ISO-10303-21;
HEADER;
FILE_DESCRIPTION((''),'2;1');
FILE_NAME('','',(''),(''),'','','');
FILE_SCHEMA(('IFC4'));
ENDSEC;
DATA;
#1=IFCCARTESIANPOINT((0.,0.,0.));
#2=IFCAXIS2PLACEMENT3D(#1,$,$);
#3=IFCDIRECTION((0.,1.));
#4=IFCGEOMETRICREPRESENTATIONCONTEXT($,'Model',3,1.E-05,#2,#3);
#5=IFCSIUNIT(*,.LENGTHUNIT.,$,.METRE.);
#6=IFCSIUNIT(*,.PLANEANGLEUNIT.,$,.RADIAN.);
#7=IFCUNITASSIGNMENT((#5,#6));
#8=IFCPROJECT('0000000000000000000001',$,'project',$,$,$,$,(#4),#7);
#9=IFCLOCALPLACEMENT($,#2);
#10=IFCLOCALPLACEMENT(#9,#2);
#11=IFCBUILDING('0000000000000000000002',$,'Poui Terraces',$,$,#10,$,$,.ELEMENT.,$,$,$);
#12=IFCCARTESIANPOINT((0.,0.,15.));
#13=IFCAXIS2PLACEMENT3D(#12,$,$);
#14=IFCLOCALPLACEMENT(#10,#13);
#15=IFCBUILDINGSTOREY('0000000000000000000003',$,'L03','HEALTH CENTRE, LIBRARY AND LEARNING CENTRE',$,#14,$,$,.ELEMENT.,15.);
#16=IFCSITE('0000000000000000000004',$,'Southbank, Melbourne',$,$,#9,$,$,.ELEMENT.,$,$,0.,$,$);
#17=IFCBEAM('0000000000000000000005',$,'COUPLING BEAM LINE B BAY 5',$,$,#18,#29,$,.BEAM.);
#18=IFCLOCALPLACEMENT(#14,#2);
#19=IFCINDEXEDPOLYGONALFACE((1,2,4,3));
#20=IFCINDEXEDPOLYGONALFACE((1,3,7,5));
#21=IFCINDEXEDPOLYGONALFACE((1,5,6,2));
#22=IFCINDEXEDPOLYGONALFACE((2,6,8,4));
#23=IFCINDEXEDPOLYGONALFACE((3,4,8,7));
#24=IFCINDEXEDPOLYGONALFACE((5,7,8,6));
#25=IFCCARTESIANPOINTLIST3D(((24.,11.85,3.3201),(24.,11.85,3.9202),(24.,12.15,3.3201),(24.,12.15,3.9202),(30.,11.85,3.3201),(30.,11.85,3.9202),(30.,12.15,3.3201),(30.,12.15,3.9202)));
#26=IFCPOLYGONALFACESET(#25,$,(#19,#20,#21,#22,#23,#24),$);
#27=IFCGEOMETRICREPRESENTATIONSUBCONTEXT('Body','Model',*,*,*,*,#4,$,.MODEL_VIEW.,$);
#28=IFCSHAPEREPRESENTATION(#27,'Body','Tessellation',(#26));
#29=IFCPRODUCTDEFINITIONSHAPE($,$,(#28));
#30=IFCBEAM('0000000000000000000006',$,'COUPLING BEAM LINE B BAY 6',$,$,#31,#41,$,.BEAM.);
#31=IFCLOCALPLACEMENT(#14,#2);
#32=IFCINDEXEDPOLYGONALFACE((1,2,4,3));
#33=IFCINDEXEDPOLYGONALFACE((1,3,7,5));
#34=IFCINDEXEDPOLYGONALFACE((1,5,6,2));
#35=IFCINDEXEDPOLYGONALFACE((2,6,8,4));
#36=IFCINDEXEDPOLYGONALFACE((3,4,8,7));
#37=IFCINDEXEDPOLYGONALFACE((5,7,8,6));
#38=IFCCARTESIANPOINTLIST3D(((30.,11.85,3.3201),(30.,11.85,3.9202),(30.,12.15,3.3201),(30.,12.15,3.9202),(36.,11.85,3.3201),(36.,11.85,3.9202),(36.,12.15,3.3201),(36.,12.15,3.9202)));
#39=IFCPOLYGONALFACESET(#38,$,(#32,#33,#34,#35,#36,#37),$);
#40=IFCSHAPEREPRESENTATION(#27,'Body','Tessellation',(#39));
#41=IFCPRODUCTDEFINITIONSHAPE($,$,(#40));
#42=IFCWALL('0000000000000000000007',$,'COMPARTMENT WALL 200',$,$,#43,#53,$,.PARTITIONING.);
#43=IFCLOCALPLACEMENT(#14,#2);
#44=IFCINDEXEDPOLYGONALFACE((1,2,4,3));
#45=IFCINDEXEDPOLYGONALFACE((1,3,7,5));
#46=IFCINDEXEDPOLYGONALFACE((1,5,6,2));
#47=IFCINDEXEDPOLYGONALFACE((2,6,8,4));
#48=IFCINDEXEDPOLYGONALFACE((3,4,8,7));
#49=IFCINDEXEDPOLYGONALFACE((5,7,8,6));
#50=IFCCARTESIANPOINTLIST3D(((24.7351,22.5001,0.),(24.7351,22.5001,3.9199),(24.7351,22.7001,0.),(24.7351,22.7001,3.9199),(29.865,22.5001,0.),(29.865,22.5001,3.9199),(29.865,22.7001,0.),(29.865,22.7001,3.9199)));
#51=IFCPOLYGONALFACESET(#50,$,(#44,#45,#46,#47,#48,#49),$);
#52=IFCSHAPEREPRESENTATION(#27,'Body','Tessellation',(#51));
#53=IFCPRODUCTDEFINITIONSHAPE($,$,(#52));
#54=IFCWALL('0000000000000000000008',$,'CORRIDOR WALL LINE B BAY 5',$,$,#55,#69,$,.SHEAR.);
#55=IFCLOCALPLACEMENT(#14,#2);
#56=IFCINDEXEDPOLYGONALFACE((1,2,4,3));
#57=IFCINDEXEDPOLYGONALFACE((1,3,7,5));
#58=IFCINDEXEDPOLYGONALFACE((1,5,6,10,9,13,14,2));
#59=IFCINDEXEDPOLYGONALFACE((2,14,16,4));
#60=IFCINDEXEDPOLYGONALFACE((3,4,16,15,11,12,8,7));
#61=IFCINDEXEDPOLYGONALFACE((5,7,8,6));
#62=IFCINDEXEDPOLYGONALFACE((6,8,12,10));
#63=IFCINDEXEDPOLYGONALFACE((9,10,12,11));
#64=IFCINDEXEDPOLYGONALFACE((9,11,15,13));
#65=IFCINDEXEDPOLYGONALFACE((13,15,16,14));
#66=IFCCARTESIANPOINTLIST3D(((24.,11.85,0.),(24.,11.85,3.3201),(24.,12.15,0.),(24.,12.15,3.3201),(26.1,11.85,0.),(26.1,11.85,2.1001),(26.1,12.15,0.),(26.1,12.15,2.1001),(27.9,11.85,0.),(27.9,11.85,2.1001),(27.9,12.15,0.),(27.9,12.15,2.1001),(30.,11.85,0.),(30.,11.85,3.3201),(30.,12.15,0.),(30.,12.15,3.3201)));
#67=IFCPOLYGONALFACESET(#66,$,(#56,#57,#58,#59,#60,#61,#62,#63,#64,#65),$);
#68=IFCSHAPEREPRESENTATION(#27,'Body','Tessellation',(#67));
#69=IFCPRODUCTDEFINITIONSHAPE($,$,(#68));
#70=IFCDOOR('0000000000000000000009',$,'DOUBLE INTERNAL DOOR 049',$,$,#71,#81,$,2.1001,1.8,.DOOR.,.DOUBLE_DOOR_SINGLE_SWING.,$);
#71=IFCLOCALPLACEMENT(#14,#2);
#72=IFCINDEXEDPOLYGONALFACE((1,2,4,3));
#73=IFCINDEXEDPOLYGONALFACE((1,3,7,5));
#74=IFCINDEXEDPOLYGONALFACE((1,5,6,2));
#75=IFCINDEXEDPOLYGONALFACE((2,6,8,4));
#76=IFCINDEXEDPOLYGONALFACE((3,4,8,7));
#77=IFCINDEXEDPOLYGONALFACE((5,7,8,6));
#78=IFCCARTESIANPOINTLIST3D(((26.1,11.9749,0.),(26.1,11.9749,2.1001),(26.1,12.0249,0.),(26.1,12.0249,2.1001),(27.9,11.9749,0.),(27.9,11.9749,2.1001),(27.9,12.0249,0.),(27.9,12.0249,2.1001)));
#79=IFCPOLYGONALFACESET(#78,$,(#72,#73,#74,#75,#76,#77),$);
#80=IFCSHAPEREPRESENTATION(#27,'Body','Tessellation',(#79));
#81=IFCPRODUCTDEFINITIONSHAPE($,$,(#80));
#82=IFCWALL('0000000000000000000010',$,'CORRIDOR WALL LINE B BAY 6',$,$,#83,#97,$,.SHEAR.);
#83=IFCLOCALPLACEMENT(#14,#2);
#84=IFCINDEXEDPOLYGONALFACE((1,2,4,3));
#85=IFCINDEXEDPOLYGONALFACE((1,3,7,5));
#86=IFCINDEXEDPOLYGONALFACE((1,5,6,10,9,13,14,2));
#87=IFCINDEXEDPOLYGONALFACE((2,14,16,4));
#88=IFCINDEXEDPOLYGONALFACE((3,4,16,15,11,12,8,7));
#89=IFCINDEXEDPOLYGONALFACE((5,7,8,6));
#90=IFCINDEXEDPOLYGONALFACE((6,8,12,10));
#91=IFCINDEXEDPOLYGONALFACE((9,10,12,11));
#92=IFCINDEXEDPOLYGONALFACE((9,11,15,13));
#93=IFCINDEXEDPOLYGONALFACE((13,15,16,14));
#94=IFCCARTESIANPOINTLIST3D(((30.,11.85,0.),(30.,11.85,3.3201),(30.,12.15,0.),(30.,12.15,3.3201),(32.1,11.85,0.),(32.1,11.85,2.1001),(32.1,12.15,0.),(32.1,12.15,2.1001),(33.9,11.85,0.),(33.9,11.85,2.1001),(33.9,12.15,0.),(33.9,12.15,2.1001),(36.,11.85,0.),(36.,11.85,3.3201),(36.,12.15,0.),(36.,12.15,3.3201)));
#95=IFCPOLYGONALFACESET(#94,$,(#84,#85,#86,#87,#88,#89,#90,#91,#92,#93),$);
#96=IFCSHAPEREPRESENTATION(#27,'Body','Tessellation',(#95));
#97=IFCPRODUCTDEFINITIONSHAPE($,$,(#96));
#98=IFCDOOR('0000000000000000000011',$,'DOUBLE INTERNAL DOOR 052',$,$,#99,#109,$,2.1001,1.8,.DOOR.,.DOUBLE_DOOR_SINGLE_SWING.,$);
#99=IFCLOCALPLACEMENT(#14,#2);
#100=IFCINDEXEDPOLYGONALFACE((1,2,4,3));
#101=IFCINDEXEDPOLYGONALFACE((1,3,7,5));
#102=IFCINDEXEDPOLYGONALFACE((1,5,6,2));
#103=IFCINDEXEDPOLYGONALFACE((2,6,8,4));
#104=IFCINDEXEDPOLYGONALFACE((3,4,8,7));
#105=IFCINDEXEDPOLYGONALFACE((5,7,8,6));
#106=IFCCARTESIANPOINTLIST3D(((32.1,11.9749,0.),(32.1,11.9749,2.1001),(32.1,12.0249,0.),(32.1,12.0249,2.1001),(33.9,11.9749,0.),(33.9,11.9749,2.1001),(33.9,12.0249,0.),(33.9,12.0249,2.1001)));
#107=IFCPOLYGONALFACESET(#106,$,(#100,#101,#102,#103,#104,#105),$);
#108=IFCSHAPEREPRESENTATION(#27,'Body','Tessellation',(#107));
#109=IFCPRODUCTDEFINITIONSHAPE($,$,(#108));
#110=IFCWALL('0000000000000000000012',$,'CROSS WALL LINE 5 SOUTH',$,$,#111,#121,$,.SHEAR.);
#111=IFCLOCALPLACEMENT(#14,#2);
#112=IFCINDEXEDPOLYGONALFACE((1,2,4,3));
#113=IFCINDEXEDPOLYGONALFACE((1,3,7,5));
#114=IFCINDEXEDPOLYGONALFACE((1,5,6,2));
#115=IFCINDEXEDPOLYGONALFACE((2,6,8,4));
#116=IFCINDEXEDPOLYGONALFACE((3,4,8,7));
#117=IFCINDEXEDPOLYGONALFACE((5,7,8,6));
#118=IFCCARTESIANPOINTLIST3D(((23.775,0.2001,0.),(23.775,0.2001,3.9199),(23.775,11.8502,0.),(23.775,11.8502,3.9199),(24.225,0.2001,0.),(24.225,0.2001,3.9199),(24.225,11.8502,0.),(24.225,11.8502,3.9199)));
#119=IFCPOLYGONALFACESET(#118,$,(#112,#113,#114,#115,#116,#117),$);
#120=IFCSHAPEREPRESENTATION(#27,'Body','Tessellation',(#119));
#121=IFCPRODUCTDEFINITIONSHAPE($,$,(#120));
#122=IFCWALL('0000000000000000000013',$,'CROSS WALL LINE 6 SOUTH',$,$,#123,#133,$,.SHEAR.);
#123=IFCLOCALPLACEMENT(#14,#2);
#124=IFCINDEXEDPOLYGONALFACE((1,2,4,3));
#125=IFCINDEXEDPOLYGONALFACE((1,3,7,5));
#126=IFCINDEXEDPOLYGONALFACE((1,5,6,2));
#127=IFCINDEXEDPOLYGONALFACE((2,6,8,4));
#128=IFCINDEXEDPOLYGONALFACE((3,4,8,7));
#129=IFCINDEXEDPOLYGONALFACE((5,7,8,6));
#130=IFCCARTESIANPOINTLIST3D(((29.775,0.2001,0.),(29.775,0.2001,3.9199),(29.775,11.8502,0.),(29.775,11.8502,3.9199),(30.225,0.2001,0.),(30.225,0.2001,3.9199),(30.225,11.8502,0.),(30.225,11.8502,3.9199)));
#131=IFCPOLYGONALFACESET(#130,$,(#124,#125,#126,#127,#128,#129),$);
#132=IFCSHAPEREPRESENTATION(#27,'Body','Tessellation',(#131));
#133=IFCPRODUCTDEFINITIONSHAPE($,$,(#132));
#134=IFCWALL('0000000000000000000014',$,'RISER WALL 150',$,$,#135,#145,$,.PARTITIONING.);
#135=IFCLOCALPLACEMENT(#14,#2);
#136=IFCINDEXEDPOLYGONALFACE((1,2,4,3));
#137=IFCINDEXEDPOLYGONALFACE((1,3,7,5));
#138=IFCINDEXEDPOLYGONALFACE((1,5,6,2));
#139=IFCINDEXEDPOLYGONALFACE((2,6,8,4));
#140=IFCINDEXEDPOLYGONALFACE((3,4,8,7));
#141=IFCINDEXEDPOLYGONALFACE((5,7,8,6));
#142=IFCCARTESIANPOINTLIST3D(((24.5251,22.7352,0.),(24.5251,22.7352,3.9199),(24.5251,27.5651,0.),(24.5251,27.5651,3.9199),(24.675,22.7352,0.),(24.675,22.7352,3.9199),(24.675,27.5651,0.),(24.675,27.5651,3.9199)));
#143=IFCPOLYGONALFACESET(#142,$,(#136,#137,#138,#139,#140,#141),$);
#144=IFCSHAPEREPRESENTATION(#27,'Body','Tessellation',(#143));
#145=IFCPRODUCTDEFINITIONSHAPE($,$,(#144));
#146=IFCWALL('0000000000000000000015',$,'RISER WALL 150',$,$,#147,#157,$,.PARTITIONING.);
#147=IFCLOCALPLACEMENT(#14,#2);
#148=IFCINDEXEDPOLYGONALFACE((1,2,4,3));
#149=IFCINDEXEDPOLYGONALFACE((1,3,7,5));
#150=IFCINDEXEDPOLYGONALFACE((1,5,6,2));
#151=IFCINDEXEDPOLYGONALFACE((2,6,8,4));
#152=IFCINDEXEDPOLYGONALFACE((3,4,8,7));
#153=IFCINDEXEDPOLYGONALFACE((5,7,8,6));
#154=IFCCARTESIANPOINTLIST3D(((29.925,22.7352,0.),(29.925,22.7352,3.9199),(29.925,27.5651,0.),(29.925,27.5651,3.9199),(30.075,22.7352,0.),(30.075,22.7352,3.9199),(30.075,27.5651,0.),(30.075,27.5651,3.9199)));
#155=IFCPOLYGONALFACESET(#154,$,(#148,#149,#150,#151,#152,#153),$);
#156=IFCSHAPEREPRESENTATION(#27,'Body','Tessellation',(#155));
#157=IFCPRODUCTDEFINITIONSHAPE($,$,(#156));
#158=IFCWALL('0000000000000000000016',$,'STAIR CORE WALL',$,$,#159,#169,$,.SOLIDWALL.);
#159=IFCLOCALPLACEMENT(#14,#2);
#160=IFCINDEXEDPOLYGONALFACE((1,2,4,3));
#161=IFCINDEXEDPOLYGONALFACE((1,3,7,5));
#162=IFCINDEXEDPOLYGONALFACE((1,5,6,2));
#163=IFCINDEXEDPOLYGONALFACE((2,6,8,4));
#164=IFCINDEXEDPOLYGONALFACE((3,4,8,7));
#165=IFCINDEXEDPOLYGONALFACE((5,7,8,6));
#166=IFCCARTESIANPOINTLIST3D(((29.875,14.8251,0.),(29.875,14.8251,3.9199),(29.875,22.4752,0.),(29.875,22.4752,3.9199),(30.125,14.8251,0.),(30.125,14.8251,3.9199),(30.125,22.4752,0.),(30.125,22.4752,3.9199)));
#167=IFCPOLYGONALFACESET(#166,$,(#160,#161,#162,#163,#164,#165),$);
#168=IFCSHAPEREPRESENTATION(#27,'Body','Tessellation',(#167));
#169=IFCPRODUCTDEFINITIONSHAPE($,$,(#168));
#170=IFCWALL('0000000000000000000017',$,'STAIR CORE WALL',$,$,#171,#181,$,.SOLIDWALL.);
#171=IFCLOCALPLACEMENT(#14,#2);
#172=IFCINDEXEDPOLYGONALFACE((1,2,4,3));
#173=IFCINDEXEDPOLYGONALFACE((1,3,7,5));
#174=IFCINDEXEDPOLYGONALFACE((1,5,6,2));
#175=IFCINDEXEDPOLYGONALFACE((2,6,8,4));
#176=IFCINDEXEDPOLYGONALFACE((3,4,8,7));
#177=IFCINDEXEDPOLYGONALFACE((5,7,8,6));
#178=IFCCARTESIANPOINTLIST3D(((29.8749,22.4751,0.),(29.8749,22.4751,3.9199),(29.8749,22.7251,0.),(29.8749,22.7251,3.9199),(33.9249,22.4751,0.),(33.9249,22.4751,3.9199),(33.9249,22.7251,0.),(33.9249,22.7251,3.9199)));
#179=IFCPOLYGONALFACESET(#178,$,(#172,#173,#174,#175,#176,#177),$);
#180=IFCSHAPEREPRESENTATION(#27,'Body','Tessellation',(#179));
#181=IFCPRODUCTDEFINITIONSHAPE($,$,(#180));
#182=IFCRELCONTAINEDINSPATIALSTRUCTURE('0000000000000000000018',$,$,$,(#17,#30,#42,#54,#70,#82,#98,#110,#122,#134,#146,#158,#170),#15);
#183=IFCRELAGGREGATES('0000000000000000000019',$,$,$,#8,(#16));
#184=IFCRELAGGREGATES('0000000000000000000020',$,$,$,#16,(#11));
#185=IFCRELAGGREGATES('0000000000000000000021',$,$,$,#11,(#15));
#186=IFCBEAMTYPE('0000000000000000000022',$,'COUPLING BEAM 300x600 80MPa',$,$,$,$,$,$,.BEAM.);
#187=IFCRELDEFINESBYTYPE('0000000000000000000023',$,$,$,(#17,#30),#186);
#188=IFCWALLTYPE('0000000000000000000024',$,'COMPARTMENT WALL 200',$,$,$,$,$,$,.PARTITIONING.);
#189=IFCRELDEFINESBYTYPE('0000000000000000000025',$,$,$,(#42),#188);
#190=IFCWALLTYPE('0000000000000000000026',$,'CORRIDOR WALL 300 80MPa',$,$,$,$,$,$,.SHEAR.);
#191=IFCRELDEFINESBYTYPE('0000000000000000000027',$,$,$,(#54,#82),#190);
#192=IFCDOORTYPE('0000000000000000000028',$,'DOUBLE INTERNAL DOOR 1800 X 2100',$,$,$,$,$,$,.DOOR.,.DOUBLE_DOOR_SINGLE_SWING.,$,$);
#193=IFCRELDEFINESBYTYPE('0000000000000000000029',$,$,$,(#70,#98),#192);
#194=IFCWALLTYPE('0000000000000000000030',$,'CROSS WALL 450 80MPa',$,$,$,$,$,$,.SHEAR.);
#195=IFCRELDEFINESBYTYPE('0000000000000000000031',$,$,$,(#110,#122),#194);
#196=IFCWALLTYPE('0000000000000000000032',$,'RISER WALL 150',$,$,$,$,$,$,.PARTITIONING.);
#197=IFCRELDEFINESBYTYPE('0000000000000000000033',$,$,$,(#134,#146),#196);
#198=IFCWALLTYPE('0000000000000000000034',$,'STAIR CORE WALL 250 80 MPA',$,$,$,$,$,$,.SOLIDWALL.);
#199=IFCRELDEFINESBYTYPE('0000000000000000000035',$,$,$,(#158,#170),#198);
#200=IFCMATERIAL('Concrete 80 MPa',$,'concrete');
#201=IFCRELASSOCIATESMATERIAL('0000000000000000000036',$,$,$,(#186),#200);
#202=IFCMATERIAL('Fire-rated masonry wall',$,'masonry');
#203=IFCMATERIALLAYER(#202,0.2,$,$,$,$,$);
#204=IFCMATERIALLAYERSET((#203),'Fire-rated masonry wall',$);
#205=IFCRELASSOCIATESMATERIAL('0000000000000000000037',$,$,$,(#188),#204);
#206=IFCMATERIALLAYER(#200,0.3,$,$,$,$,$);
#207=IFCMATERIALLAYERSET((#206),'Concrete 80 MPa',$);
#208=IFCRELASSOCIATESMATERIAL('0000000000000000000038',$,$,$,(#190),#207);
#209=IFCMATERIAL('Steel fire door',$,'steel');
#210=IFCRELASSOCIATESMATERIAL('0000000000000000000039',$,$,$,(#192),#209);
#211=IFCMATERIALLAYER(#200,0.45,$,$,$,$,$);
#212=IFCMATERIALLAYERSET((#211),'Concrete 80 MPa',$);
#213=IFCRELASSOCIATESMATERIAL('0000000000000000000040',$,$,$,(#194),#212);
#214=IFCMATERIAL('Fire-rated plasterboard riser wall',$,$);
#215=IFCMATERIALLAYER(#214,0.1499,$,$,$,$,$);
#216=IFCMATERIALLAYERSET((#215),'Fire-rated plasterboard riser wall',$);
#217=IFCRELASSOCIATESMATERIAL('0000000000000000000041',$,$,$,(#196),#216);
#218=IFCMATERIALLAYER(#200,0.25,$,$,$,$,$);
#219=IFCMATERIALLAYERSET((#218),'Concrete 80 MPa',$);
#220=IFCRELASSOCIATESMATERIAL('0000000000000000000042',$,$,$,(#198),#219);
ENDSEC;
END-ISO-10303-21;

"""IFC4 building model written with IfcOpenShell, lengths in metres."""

from ifc_helpers import new_model, si_unit, direction, frame, frame_2d, origin, origin_2d, place, context, subcontext, project, spatial, rectangle, extrude, source, transform, mapped, material, layer, layer_set, material_profile, profile_set, type_object, element, fill, save


model = new_model("IFC4")

# Units and contexts
model_context = context("Model", 3, precision=1e-05, world=origin(), true_north=direction((0.0, 1.0)))
body_context = subcontext(model_context, "Body", "Model", "MODEL_VIEW")
ifc_project = project(units=[si_unit("LENGTHUNIT", "METRE"), si_unit("PLANEANGLEUNIT", "RADIAN")], contexts=[model_context])

# Site, building, storey
site_placement = place(None, origin())
site = spatial("IfcSite", under=ifc_project, at=site_placement, Name="Southbank, Melbourne", CompositionType="ELEMENT", RefElevation=0.0)
building_placement = place(site_placement, origin())
building = spatial("IfcBuilding", under=site, at=building_placement, Name="Poui Terraces", CompositionType="ELEMENT")
storey_placement = place(building_placement, frame((0.0, 0.0, 15.0)))
storey = spatial("IfcBuildingStorey", under=building, at=storey_placement, Name="L03", Description="HEALTH CENTRE, LIBRARY AND LEARNING CENTRE", CompositionType="ELEMENT", Elevation=15.0)

# Beams
ifc_material_1 = material(Name="Concrete 80 MPa", Category="concrete")
ifc_material_profile = material_profile(ifc_material_1, rectangle(XDim=0.3, YDim=0.6001, at=origin_2d()), Name="RC 300x600")
ifc_profile_set = profile_set([ifc_material_profile], Name="Concrete 80 MPa")
beam_type = type_object("IfcBeamType", Name="COUPLING BEAM 300x600 80MPa", PredefinedType="BEAM", material=ifc_profile_set)
shared_shape = source(origin(), body_context, "Body", "SweptSolid", [
    extrude(rectangle(XDim=0.3, YDim=0.6001, at=origin_2d()), origin(), (0.0, 0.0, 1.0), 6.0),
])
for number, where, z_axis, x_axis, name in (
    (1, (24.0, 12.0, 3.6201), (1.0, 0.0, 0.0), (0.0, 1.0, 0.0), "COUPLING BEAM LINE B BAY 5"),
    (2, (30.0, 12.0, 3.6201), (1.0, 0.0, 0.0), (0.0, 1.0, 0.0), "COUPLING BEAM LINE B BAY 6"),
):
    element("IfcBeam", number, at=place(storey_placement, frame(where, z_axis=z_axis, x_axis=x_axis)), inside=storey, type_object=beam_type, Name=name, PredefinedType="BEAM", context=body_context, shape_type="MappedRepresentation", body=[
        mapped(shared_shape, transform((0.0, 0.0, 0.0))),
    ])

# Wall
ifc_material_2 = material(Name="Fire-rated masonry wall", Category="masonry")
ifc_layer_1 = layer(ifc_material_2, 0.2)
ifc_layer_set_1 = layer_set([ifc_layer_1], Name="Fire-rated masonry wall")
wall_type_1 = type_object("IfcWallType", Name="COMPARTMENT WALL 200", PredefinedType="PARTITIONING", material=ifc_layer_set_1)
wall_1_placement = place(storey_placement, frame((24.7351, 22.6001, 0.0), z_axis=(0.0, 0.0, 1.0), x_axis=(1.0, 0.0, 0.0)))
element("IfcWall", 3, at=wall_1_placement, inside=storey, type_object=wall_type_1, Name="COMPARTMENT WALL 200", PredefinedType="PARTITIONING", context=body_context, shape_type="SweptSolid", body=[
    extrude(rectangle(XDim=5.1299, YDim=0.2, at=frame_2d((2.5649, 0.0))), origin(), (0.0, 0.0, 1.0), 3.9199),
])

# Walls, openings, doors
ifc_layer_2 = layer(ifc_material_1, 0.3)
ifc_layer_set_2 = layer_set([ifc_layer_2], Name="Concrete 80 MPa")
wall_type_2 = type_object("IfcWallType", Name="CORRIDOR WALL 300 80MPa", PredefinedType="SHEAR", material=ifc_layer_set_2)
wall_2_placement = place(storey_placement, frame((24.0, 12.0, 0.0), z_axis=(0.0, 0.0, 1.0), x_axis=(1.0, 0.0, 0.0)))
wall_2 = element("IfcWall", 4, at=wall_2_placement, inside=storey, type_object=wall_type_2, Name="CORRIDOR WALL LINE B BAY 5", PredefinedType="SHEAR", context=body_context, shape_type="SweptSolid", body=[
    extrude(rectangle(XDim=6.0, YDim=0.3, at=frame_2d((3.0, 0.0))), origin(), (0.0, 0.0, 1.0), 3.3201),
])
opening_1_placement = place(wall_2_placement, frame((2.1001, 0.0, 0.0)))
opening_1 = element("IfcOpeningElement", 5, at=opening_1_placement, cuts=wall_2, PredefinedType="OPENING", context=body_context, shape_type="SweptSolid", body=[
    extrude(rectangle(XDim=1.8, YDim=2.1001, at=frame_2d((0.8999, 1.05))), frame((0.0, 0.1602, 0.0), z_axis=(0.0, -1.0, 0.0), x_axis=(1.0, 0.0, 0.0)), (0.0, 0.0, 1.0), 0.3201),
])
ifc_material_3 = material(Name="Steel fire door", Category="steel")
door_type = type_object("IfcDoorType", Name="DOUBLE INTERNAL DOOR 1800 X 2100", OperationType="DOUBLE_DOOR_SINGLE_SWING", PredefinedType="DOOR", material=ifc_material_3)
door_1_placement = place(opening_1_placement, origin())
door_1 = element("IfcDoor", 6, at=door_1_placement, inside=storey, type_object=door_type, Name="DOUBLE INTERNAL DOOR 049", OperationType="DOUBLE_DOOR_SINGLE_SWING", OverallHeight=2.1001, OverallWidth=1.8, PredefinedType="DOOR", context=body_context, shape_type="SweptSolid", body=[
    extrude(rectangle(XDim=1.8, YDim=2.1001, at=frame_2d((0.8999, 1.05))), frame((0.0, 0.0249, 0.0), z_axis=(0.0, -1.0, 0.0), x_axis=(1.0, 0.0, 0.0)), (0.0, 0.0, 1.0), 0.05),
])
fill(opening_1, door_1)
wall_3_placement = place(storey_placement, frame((30.0, 12.0, 0.0), z_axis=(0.0, 0.0, 1.0), x_axis=(1.0, 0.0, 0.0)))
wall_3 = element("IfcWall", 7, at=wall_3_placement, inside=storey, type_object=wall_type_2, Name="CORRIDOR WALL LINE B BAY 6", PredefinedType="SHEAR", context=body_context, shape_type="SweptSolid", body=[
    extrude(rectangle(XDim=6.0, YDim=0.3, at=frame_2d((3.0, 0.0))), origin(), (0.0, 0.0, 1.0), 3.3201),
])
opening_2_placement = place(wall_3_placement, frame((2.1001, 0.0, 0.0)))
opening_2 = element("IfcOpeningElement", 8, at=opening_2_placement, cuts=wall_3, PredefinedType="OPENING", context=body_context, shape_type="SweptSolid", body=[
    extrude(rectangle(XDim=1.8, YDim=2.1001, at=frame_2d((0.8999, 1.05))), frame((0.0, 0.1602, 0.0), z_axis=(0.0, -1.0, 0.0), x_axis=(1.0, 0.0, 0.0)), (0.0, 0.0, 1.0), 0.3201),
])
door_2_placement = place(opening_2_placement, origin())
door_2 = element("IfcDoor", 9, at=door_2_placement, inside=storey, type_object=door_type, Name="DOUBLE INTERNAL DOOR 052", OperationType="DOUBLE_DOOR_SINGLE_SWING", OverallHeight=2.1001, OverallWidth=1.8, PredefinedType="DOOR", context=body_context, shape_type="SweptSolid", body=[
    extrude(rectangle(XDim=1.8, YDim=2.1001, at=frame_2d((0.8999, 1.05))), frame((0.0, 0.0249, 0.0), z_axis=(0.0, -1.0, 0.0), x_axis=(1.0, 0.0, 0.0)), (0.0, 0.0, 1.0), 0.05),
])
fill(opening_2, door_2)

# Walls
ifc_layer_3 = layer(ifc_material_1, 0.45)
ifc_layer_set_3 = layer_set([ifc_layer_3], Name="Concrete 80 MPa")
wall_type_3 = type_object("IfcWallType", Name="CROSS WALL 450 80MPa", PredefinedType="SHEAR", material=ifc_layer_set_3)
for number, where, z_axis, x_axis, name in (
    (10, (24.0, 0.2, 0.0), (0.0, 0.0, 1.0), (0.0, 1.0, 0.0), "CROSS WALL LINE 5 SOUTH"),
    (11, (30.0, 0.2, 0.0), (0.0, 0.0, 1.0), (0.0, 1.0, 0.0), "CROSS WALL LINE 6 SOUTH"),
):
    element("IfcWall", number, at=place(storey_placement, frame(where, z_axis=z_axis, x_axis=x_axis)), inside=storey, type_object=wall_type_3, Name=name, PredefinedType="SHEAR", context=body_context, shape_type="SweptSolid", body=[
        extrude(rectangle(XDim=11.6501, YDim=0.45, at=frame_2d((5.8252, 0.0))), origin(), (0.0, 0.0, 1.0), 3.9199),
    ])
ifc_material_4 = material(Name="Fire-rated plasterboard riser wall")
ifc_layer_4 = layer(ifc_material_4, 0.1499)
ifc_layer_set_4 = layer_set([ifc_layer_4], Name="Fire-rated plasterboard riser wall")
wall_type_4 = type_object("IfcWallType", Name="RISER WALL 150", PredefinedType="PARTITIONING", material=ifc_layer_set_4)
for number, where, z_axis, x_axis, name in (
    (12, (24.6001, 22.7351, 0.0), (0.0, 0.0, 1.0), (0.0, 1.0, 0.0), "RISER WALL 150"),
    (13, (30.0, 22.7351, 0.0), (0.0, 0.0, 1.0), (0.0, 1.0, 0.0), "RISER WALL 150"),
):
    element("IfcWall", number, at=place(storey_placement, frame(where, z_axis=z_axis, x_axis=x_axis)), inside=storey, type_object=wall_type_4, Name=name, PredefinedType="PARTITIONING", context=body_context, shape_type="SweptSolid", body=[
        extrude(rectangle(XDim=4.8298, YDim=0.1499, at=frame_2d((2.415, 0.0))), origin(), (0.0, 0.0, 1.0), 3.9199),
    ])
ifc_layer_5 = layer(ifc_material_1, 0.25)
ifc_layer_set_5 = layer_set([ifc_layer_5], Name="Concrete 80 MPa")
wall_type_5 = type_object("IfcWallType", Name="STAIR CORE WALL 250 80 MPA", PredefinedType="SOLIDWALL", material=ifc_layer_set_5)
wall_4_placement = place(storey_placement, frame((30.0, 14.825, 0.0), z_axis=(0.0, 0.0, 1.0), x_axis=(0.0, 1.0, 0.0)))
element("IfcWall", 14, at=wall_4_placement, inside=storey, type_object=wall_type_5, Name="STAIR CORE WALL", PredefinedType="SOLIDWALL", context=body_context, shape_type="SweptSolid", body=[
    extrude(rectangle(XDim=7.6501, YDim=0.25, at=frame_2d((3.8252, 0.0))), origin(), (0.0, 0.0, 1.0), 3.9199),
])
wall_5_placement = place(storey_placement, frame((29.875, 22.6001, 0.0), z_axis=(0.0, 0.0, 1.0), x_axis=(1.0, 0.0, 0.0)))
element("IfcWall", 15, at=wall_5_placement, inside=storey, type_object=wall_type_5, Name="STAIR CORE WALL", PredefinedType="SOLIDWALL", context=body_context, shape_type="SweptSolid", body=[
    extrude(rectangle(XDim=4.05, YDim=0.25, at=frame_2d((2.0249, 0.0))), origin(), (0.0, 0.0, 1.0), 3.9199),
])

save(model, "model.ifc")
